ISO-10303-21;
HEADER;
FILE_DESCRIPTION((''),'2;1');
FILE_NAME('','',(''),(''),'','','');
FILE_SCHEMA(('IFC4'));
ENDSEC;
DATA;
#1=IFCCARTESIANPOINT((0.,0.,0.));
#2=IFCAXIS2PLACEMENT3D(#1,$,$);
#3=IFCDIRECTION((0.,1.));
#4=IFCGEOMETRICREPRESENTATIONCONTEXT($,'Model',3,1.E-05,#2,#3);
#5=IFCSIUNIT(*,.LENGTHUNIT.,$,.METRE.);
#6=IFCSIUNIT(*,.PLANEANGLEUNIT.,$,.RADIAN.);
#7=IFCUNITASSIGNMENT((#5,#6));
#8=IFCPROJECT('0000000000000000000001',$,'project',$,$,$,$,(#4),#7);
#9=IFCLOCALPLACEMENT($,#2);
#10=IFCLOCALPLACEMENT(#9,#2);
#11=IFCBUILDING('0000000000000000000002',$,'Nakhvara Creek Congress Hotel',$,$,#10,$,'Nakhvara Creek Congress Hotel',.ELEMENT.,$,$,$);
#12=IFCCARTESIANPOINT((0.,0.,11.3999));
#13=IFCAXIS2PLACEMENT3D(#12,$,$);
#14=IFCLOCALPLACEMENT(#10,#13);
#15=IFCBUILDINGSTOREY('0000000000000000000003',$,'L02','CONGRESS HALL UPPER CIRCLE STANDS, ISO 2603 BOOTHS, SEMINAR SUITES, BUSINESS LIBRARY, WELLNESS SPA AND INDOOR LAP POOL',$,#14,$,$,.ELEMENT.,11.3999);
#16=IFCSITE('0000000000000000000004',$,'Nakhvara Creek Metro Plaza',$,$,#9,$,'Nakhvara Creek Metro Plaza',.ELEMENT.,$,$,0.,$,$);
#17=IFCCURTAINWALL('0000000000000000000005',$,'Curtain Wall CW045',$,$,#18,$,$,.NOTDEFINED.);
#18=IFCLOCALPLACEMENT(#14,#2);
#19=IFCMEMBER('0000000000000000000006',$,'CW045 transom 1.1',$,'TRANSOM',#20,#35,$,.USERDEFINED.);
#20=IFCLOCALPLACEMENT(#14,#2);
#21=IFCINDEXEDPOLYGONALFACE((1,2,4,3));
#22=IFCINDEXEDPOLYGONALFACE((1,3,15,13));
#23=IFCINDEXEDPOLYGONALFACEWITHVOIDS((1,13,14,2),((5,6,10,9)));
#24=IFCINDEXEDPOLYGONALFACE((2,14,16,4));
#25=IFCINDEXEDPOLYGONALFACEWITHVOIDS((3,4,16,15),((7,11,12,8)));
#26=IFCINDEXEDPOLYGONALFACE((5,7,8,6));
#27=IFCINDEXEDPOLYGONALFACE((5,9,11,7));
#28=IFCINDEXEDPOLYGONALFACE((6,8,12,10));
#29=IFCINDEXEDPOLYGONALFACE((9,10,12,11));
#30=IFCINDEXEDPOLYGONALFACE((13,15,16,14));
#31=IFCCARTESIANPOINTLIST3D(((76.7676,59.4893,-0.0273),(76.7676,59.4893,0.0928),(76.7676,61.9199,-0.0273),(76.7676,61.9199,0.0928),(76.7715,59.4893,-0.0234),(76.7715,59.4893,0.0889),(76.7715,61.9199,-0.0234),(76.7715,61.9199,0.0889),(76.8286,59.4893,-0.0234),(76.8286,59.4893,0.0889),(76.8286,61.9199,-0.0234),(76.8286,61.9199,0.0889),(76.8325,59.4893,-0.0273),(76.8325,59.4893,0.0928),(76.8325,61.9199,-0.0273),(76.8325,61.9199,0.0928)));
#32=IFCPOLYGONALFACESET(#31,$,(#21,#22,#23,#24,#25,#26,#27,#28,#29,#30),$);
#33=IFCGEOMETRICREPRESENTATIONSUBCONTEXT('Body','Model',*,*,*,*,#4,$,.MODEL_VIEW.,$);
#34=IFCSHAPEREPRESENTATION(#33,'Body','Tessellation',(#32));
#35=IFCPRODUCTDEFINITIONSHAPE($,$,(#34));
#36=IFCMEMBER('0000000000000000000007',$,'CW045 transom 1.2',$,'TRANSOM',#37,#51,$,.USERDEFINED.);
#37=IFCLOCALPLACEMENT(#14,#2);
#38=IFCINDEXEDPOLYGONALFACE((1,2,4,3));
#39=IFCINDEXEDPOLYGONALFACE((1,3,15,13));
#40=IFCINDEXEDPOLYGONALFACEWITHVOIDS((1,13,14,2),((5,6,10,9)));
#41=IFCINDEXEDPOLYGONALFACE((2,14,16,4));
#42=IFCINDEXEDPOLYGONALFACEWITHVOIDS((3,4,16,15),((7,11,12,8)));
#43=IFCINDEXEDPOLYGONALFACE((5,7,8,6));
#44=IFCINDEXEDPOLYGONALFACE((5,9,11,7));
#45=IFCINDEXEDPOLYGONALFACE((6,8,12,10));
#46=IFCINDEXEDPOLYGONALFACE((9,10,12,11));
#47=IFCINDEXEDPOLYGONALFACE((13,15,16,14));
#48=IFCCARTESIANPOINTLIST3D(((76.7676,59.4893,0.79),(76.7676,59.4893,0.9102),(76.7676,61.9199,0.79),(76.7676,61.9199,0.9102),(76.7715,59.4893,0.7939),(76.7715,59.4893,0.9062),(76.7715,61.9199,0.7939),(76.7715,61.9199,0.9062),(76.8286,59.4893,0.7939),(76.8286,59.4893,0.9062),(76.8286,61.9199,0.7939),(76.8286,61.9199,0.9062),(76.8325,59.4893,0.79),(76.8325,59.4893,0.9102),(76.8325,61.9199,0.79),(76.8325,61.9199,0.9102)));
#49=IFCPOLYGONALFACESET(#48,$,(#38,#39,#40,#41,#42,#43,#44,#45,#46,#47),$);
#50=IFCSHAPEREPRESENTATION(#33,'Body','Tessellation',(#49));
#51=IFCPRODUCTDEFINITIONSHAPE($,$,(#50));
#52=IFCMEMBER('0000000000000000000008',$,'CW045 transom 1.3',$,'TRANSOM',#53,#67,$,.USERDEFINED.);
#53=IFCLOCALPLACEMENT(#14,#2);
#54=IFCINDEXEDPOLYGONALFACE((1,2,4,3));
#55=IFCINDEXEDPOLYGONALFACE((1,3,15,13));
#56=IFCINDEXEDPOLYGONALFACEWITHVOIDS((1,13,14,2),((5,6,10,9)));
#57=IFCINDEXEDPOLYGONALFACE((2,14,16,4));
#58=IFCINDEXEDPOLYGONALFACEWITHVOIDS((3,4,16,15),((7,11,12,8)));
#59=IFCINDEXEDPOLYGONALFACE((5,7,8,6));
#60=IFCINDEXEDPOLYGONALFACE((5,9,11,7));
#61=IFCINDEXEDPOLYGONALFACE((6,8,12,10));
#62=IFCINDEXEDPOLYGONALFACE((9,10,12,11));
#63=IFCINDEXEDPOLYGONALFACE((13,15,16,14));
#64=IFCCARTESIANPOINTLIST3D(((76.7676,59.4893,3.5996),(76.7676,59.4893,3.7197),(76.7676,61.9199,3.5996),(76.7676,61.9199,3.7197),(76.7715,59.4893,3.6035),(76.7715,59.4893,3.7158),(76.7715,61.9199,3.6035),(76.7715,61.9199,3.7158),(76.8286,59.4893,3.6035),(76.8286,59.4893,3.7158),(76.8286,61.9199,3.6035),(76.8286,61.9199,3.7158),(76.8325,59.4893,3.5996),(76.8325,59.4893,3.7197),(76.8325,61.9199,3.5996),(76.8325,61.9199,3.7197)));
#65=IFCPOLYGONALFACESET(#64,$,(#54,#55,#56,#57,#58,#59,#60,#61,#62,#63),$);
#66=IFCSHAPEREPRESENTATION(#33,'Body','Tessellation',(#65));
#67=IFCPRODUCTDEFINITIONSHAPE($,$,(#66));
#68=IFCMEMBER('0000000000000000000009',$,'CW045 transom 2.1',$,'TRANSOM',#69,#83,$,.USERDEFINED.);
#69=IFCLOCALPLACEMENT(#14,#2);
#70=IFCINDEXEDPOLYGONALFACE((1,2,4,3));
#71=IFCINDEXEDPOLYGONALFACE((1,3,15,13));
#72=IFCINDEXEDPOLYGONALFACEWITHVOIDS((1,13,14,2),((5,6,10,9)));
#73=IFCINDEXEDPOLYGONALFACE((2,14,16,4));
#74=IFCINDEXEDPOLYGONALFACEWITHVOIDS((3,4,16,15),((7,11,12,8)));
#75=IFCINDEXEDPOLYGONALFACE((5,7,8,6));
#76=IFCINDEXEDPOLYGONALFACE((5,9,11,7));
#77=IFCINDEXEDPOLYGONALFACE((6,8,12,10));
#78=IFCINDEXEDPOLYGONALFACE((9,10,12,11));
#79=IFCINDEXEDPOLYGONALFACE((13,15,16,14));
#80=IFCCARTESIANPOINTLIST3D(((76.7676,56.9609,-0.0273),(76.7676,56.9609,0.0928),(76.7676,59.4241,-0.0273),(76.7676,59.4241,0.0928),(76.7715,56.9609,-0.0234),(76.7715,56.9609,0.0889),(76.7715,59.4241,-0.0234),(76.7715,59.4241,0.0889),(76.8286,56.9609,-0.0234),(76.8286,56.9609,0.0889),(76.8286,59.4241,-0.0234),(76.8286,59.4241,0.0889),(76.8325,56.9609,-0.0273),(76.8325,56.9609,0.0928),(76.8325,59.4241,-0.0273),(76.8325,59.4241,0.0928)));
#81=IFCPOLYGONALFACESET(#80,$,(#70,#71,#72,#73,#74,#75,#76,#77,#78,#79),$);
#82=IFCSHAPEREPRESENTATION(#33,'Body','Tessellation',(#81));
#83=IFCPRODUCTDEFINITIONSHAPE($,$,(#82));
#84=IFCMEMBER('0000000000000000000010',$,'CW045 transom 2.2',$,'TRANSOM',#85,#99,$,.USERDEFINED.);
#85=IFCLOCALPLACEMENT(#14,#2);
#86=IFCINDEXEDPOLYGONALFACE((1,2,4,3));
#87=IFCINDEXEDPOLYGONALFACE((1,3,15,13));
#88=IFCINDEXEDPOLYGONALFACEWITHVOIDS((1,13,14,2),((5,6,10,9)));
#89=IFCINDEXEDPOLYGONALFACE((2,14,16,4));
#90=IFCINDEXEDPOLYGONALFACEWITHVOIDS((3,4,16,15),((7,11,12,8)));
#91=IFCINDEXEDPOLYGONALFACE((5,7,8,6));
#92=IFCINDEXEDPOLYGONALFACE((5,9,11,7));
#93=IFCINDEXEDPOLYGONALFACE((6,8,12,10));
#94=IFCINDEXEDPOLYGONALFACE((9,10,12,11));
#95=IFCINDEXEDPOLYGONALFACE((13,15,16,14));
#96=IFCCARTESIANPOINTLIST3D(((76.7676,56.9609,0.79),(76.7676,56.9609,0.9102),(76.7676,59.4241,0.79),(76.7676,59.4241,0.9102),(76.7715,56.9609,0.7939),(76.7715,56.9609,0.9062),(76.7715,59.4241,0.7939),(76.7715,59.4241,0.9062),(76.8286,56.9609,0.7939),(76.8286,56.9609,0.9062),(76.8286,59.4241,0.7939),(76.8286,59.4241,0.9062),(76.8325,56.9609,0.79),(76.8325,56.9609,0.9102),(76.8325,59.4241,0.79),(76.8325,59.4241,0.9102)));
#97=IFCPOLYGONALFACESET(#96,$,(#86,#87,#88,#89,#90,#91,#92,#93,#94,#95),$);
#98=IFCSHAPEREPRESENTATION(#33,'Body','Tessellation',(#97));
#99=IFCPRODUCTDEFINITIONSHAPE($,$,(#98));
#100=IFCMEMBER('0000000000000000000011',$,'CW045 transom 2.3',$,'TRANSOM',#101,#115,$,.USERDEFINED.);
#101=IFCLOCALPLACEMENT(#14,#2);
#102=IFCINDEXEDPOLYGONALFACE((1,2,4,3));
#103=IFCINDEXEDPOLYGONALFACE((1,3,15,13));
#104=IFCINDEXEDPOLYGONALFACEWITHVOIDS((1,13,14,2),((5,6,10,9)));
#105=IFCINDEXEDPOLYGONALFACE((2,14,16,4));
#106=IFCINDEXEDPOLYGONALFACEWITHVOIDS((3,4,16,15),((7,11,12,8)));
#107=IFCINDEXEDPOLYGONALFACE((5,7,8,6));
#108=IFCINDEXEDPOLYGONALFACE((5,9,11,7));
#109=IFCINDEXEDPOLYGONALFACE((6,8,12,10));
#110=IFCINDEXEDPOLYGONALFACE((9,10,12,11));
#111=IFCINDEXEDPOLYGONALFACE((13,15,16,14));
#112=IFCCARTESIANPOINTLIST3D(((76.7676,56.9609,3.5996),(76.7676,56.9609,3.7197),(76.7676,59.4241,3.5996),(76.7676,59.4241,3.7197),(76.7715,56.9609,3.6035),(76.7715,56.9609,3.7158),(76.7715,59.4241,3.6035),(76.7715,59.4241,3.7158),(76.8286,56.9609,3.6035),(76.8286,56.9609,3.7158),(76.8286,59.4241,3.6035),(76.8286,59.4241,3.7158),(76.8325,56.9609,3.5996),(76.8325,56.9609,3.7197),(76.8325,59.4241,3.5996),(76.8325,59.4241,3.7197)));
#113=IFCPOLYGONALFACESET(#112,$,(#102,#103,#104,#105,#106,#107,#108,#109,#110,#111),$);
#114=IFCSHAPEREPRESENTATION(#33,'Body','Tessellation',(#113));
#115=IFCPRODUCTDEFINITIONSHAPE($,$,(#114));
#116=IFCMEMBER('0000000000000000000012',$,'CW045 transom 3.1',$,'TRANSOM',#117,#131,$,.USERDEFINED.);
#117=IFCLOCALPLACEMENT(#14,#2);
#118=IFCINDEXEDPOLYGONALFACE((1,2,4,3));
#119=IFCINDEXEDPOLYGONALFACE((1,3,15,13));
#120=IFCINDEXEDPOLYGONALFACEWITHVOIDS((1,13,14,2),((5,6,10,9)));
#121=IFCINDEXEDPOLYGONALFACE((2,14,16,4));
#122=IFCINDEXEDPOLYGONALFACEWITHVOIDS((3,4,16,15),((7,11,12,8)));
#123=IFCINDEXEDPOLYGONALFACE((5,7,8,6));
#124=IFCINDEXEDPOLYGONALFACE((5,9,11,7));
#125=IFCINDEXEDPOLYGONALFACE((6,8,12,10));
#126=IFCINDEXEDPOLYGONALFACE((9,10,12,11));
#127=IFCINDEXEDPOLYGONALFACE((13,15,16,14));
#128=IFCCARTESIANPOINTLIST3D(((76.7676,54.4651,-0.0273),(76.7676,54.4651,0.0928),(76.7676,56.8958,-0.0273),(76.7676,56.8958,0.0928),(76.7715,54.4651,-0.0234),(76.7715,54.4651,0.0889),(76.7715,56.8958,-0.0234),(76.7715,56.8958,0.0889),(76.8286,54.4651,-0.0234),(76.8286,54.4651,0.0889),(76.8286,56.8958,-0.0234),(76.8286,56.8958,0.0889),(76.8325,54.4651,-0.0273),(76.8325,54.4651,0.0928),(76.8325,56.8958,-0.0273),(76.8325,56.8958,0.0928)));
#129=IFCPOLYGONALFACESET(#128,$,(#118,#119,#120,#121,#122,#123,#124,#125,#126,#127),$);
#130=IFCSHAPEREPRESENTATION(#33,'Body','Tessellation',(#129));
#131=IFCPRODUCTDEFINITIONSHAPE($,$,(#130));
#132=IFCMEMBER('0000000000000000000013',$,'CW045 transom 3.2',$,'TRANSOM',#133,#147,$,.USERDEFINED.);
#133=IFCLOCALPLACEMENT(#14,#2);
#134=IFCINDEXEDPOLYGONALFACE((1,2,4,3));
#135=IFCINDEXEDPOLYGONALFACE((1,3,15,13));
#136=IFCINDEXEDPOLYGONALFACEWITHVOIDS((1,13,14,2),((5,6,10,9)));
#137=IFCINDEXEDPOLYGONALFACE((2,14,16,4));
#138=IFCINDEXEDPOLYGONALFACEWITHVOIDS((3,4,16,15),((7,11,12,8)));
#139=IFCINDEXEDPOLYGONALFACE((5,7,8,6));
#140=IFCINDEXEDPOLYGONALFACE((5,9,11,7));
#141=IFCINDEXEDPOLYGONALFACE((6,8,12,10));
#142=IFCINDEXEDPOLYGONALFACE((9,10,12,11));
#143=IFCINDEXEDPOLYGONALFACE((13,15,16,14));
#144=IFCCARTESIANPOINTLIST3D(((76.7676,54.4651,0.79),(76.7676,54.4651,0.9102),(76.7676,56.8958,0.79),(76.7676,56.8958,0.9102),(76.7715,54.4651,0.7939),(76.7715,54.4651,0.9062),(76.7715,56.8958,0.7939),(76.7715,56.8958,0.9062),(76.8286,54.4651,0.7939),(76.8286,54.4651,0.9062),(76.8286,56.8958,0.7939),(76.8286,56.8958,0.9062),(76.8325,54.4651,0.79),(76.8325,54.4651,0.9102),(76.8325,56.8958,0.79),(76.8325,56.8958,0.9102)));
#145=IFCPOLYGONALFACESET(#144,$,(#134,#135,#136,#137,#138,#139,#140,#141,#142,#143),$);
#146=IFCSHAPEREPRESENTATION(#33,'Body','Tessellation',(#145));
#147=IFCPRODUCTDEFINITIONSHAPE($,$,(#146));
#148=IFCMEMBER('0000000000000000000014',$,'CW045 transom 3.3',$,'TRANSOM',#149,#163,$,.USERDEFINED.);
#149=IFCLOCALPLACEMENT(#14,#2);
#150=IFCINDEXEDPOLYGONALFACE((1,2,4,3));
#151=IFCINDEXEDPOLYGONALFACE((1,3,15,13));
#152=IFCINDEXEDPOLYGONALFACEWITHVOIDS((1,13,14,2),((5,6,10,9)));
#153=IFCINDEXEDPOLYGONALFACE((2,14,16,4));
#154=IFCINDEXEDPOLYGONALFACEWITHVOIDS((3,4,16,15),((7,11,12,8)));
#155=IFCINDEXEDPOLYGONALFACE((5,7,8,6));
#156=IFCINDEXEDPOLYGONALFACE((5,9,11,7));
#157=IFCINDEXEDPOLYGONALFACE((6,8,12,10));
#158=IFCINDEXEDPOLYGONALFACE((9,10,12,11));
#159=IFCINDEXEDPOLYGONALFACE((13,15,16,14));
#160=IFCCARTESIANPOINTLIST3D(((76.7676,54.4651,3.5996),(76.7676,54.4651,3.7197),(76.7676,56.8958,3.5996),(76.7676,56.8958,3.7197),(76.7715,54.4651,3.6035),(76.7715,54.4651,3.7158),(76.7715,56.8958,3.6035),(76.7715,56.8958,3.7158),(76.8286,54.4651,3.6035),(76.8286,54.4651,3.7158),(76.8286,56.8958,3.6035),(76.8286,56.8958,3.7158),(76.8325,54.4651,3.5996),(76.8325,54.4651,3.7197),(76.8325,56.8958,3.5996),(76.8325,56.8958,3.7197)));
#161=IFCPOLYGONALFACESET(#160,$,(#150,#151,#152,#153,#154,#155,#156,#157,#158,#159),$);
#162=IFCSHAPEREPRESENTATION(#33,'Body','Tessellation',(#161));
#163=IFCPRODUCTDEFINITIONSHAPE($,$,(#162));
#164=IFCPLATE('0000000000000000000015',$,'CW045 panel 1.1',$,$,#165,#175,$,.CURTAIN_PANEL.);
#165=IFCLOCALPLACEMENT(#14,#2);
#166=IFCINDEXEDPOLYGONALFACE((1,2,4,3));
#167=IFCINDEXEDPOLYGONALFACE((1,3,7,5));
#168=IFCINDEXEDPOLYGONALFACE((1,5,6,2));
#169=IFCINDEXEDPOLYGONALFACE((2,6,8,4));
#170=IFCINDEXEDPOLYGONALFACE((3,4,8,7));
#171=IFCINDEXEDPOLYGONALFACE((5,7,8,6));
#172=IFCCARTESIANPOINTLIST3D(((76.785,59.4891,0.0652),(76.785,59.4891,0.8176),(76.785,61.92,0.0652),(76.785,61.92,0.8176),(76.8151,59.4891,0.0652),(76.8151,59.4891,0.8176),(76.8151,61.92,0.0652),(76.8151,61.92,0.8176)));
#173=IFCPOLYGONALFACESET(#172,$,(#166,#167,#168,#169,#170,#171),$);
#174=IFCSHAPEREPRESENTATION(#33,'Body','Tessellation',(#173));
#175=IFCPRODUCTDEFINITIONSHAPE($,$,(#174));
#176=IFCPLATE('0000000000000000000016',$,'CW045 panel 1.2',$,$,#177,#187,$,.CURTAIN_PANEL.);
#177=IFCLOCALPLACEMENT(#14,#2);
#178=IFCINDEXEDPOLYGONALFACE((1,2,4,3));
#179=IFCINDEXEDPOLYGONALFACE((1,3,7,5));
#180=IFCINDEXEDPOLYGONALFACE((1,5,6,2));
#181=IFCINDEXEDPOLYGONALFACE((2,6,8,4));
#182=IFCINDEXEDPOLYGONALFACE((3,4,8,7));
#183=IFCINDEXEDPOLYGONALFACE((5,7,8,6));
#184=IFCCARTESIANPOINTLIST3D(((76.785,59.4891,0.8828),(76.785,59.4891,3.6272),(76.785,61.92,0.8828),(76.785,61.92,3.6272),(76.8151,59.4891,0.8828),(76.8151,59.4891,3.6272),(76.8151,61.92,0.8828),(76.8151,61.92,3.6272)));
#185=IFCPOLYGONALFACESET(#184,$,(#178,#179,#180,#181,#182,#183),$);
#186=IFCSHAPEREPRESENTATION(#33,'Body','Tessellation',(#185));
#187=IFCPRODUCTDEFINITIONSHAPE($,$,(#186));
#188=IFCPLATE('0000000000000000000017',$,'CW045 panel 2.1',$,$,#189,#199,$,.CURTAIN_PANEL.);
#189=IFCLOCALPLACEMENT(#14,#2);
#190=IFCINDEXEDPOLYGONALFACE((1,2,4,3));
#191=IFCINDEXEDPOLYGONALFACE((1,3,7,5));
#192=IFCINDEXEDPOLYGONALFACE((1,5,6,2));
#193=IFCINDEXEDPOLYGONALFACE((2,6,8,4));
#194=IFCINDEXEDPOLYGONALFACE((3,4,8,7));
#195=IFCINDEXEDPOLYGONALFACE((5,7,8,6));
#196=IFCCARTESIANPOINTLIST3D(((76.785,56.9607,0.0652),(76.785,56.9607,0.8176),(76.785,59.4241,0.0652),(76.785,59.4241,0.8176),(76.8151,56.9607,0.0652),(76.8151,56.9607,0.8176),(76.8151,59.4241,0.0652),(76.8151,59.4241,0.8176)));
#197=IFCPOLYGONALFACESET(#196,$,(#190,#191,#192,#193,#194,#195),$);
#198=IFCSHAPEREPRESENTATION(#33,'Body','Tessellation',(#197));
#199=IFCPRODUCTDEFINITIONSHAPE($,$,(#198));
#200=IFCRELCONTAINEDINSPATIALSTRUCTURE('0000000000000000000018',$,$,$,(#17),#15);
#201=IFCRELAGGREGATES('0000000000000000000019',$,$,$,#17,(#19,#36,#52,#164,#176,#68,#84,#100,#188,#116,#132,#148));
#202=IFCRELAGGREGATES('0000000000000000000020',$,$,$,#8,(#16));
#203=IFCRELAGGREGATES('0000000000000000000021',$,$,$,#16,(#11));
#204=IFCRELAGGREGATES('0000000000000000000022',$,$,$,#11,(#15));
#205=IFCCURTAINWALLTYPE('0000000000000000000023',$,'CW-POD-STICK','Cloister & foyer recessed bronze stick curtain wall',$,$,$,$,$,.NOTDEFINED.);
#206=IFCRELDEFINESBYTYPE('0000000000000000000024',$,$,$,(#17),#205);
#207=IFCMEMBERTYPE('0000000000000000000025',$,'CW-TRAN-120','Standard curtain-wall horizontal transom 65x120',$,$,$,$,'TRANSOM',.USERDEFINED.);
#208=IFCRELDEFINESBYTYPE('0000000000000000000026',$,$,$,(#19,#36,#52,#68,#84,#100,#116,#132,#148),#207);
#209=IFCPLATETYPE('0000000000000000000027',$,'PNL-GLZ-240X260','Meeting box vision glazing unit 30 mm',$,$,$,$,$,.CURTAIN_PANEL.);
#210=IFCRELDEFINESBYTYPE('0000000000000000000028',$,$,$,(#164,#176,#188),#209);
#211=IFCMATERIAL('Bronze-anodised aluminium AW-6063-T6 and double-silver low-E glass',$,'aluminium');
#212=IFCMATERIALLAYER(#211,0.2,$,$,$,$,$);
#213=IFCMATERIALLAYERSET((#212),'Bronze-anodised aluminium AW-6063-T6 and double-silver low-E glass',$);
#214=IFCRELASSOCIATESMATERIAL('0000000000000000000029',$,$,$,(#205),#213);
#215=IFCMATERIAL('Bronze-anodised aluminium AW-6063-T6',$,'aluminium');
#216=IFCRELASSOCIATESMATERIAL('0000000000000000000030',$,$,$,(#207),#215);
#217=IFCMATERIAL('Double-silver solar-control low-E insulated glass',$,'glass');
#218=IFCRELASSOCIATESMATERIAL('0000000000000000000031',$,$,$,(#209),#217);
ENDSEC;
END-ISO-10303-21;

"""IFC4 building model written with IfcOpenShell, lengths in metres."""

from ifc_helpers import new_model, si_unit, direction, frame, origin, origin_2d, place, context, subcontext, project, spatial, rectangle, hollow_rectangle, extrude, material, layer, layer_set, material_profile, profile_set, type_object, element, aggregate, save


model = new_model("IFC4")

# Units and contexts
model_context = context("Model", 3, precision=1e-05, world=origin(), true_north=direction((0.0, 1.0)))
body_context = subcontext(model_context, "Body", "Model", "MODEL_VIEW")
ifc_project = project(units=[si_unit("LENGTHUNIT", "METRE"), si_unit("PLANEANGLEUNIT", "RADIAN")], contexts=[model_context])

# Site, building, storey
site_placement = place(None, origin())
site = spatial("IfcSite", under=ifc_project, at=site_placement, Name="Nakhvara Creek Metro Plaza", LongName="Nakhvara Creek Metro Plaza", CompositionType="ELEMENT", RefElevation=0.0)
building_placement = place(site_placement, origin())
building = spatial("IfcBuilding", under=site, at=building_placement, Name="Nakhvara Creek Congress Hotel", LongName="Nakhvara Creek Congress Hotel", CompositionType="ELEMENT")
storey_placement = place(building_placement, frame((0.0, 0.0, 11.3999)))
storey = spatial("IfcBuildingStorey", under=building, at=storey_placement, Name="L02", Description="CONGRESS HALL UPPER CIRCLE STANDS, ISO 2603 BOOTHS, SEMINAR SUITES, BUSINESS LIBRARY, WELLNESS SPA AND INDOOR LAP POOL", CompositionType="ELEMENT", Elevation=11.3999)

# Shared definitions
ifc_material_1 = material(Name="Bronze-anodised aluminium AW-6063-T6 and double-silver low-E glass", Category="aluminium")
ifc_layer = layer(ifc_material_1, 0.2)
ifc_layer_set = layer_set([ifc_layer], Name="Bronze-anodised aluminium AW-6063-T6 and double-silver low-E glass")
curtain_wall_type = type_object("IfcCurtainWallType", Name="CW-POD-STICK", Description="Cloister & foyer recessed bronze stick curtain wall", PredefinedType="NOTDEFINED", material=ifc_layer_set)
ifc_material_2 = material(Name="Bronze-anodised aluminium AW-6063-T6", Category="aluminium")

# Curtain wall, members, plates
curtain_wall_1_placement = place(storey_placement, origin())
curtain_wall_1 = element("IfcCurtainWall", 1, at=curtain_wall_1_placement, inside=storey, type_object=curtain_wall_type, Name="Curtain Wall CW045", PredefinedType="NOTDEFINED")
ifc_material_profile_1 = material_profile(ifc_material_2, hollow_rectangle(XDim=0.0649, YDim=0.1201, WallThickness=0.0039, at=origin_2d()), Name="ALU-TRAN 65x120x4", Category="LoadBearing")
ifc_profile_set_1 = profile_set([ifc_material_profile_1], Name="Bronze-anodised aluminium AW-6063-T6")
member_type_1 = type_object("IfcMemberType", Name="CW-TRAN-120", Description="Standard curtain-wall horizontal transom 65x120", ElementType="TRANSOM", PredefinedType="USERDEFINED", material=ifc_profile_set_1)
member_1_placement = place(storey_placement, frame((76.8, 61.9199, 0.0327), z_axis=(0.0, -1.0, 0.0), x_axis=(1.0, 0.0, 0.0)))
member_1 = element("IfcMember", 2, at=member_1_placement, type_object=member_type_1, Name="CW045 transom 1.1", ObjectType="TRANSOM", PredefinedType="USERDEFINED", context=body_context, shape_type="SweptSolid", body=[
    extrude(hollow_rectangle(XDim=0.0649, YDim=0.1201, WallThickness=0.0039, at=origin_2d()), origin(), (0.0, 0.0, 1.0), 2.4307),
])
member_2_placement = place(storey_placement, frame((76.8, 61.9199, 0.8501), z_axis=(0.0, -1.0, 0.0), x_axis=(1.0, 0.0, 0.0)))
member_2 = element("IfcMember", 3, at=member_2_placement, type_object=member_type_1, Name="CW045 transom 1.2", ObjectType="TRANSOM", PredefinedType="USERDEFINED", context=body_context, shape_type="SweptSolid", body=[
    extrude(hollow_rectangle(XDim=0.0649, YDim=0.1201, WallThickness=0.0039, at=origin_2d()), origin(), (0.0, 0.0, 1.0), 2.4307),
])
member_3_placement = place(storey_placement, frame((76.8, 61.9199, 3.6597), z_axis=(0.0, -1.0, 0.0), x_axis=(1.0, 0.0, 0.0)))
member_3 = element("IfcMember", 4, at=member_3_placement, type_object=member_type_1, Name="CW045 transom 1.3", ObjectType="TRANSOM", PredefinedType="USERDEFINED", context=body_context, shape_type="SweptSolid", body=[
    extrude(hollow_rectangle(XDim=0.0649, YDim=0.1201, WallThickness=0.0039, at=origin_2d()), origin(), (0.0, 0.0, 1.0), 2.4307),
])
member_4_placement = place(storey_placement, frame((76.8, 59.4241, 0.0327), z_axis=(0.0, -1.0, 0.0), x_axis=(1.0, 0.0, 0.0)))
member_4 = element("IfcMember", 5, at=member_4_placement, type_object=member_type_1, Name="CW045 transom 2.1", ObjectType="TRANSOM", PredefinedType="USERDEFINED", context=body_context, shape_type="SweptSolid", body=[
    extrude(hollow_rectangle(XDim=0.0649, YDim=0.1201, WallThickness=0.0039, at=origin_2d()), origin(), (0.0, 0.0, 1.0), 2.4631),
])
member_5_placement = place(storey_placement, frame((76.8, 59.4241, 0.8501), z_axis=(0.0, -1.0, 0.0), x_axis=(1.0, 0.0, 0.0)))
member_5 = element("IfcMember", 6, at=member_5_placement, type_object=member_type_1, Name="CW045 transom 2.2", ObjectType="TRANSOM", PredefinedType="USERDEFINED", context=body_context, shape_type="SweptSolid", body=[
    extrude(hollow_rectangle(XDim=0.0649, YDim=0.1201, WallThickness=0.0039, at=origin_2d()), origin(), (0.0, 0.0, 1.0), 2.4631),
])
member_6_placement = place(storey_placement, frame((76.8, 59.4241, 3.6597), z_axis=(0.0, -1.0, 0.0), x_axis=(1.0, 0.0, 0.0)))
member_6 = element("IfcMember", 7, at=member_6_placement, type_object=member_type_1, Name="CW045 transom 2.3", ObjectType="TRANSOM", PredefinedType="USERDEFINED", context=body_context, shape_type="SweptSolid", body=[
    extrude(hollow_rectangle(XDim=0.0649, YDim=0.1201, WallThickness=0.0039, at=origin_2d()), origin(), (0.0, 0.0, 1.0), 2.4631),
])
member_7_placement = place(storey_placement, frame((76.8, 56.8958, 0.0327), z_axis=(0.0, -1.0, 0.0), x_axis=(1.0, 0.0, 0.0)))
member_7 = element("IfcMember", 8, at=member_7_placement, type_object=member_type_1, Name="CW045 transom 3.1", ObjectType="TRANSOM", PredefinedType="USERDEFINED", context=body_context, shape_type="SweptSolid", body=[
    extrude(hollow_rectangle(XDim=0.0649, YDim=0.1201, WallThickness=0.0039, at=origin_2d()), origin(), (0.0, 0.0, 1.0), 2.4307),
])
member_8_placement = place(storey_placement, frame((76.8, 56.8958, 0.8501), z_axis=(0.0, -1.0, 0.0), x_axis=(1.0, 0.0, 0.0)))
member_8 = element("IfcMember", 9, at=member_8_placement, type_object=member_type_1, Name="CW045 transom 3.2", ObjectType="TRANSOM", PredefinedType="USERDEFINED", context=body_context, shape_type="SweptSolid", body=[
    extrude(hollow_rectangle(XDim=0.0649, YDim=0.1201, WallThickness=0.0039, at=origin_2d()), origin(), (0.0, 0.0, 1.0), 2.4307),
])
member_9_placement = place(storey_placement, frame((76.8, 56.8958, 3.6597), z_axis=(0.0, -1.0, 0.0), x_axis=(1.0, 0.0, 0.0)))
member_9 = element("IfcMember", 10, at=member_9_placement, type_object=member_type_1, Name="CW045 transom 3.3", ObjectType="TRANSOM", PredefinedType="USERDEFINED", context=body_context, shape_type="SweptSolid", body=[
    extrude(hollow_rectangle(XDim=0.0649, YDim=0.1201, WallThickness=0.0039, at=origin_2d()), origin(), (0.0, 0.0, 1.0), 2.4307),
])
ifc_material_3 = material(Name="Double-silver solar-control low-E insulated glass", Category="glass")
plate_type = type_object("IfcPlateType", Name="PNL-GLZ-240X260", Description="Meeting box vision glazing unit 30 mm", PredefinedType="CURTAIN_PANEL", material=ifc_material_3)
plate_1_placement = place(storey_placement, frame((76.8, 60.7046, 0.0652), z_axis=(0.0, 0.0, 1.0), x_axis=(0.0, -1.0, 0.0)))
plate_1 = element("IfcPlate", 11, at=plate_1_placement, type_object=plate_type, Name="CW045 panel 1.1", PredefinedType="CURTAIN_PANEL", context=body_context, shape_type="SweptSolid", body=[
    extrude(rectangle(XDim=2.4309, YDim=0.03, at=origin_2d()), origin(), (0.0, 0.0, 1.0), 0.7524),
])
plate_2_placement = place(storey_placement, frame((76.8, 60.7046, 0.8828), z_axis=(0.0, 0.0, 1.0), x_axis=(0.0, -1.0, 0.0)))
plate_2 = element("IfcPlate", 12, at=plate_2_placement, type_object=plate_type, Name="CW045 panel 1.2", PredefinedType="CURTAIN_PANEL", context=body_context, shape_type="SweptSolid", body=[
    extrude(rectangle(XDim=2.4309, YDim=0.03, at=origin_2d()), origin(), (0.0, 0.0, 1.0), 2.7444),
])
plate_3_placement = place(storey_placement, frame((76.8, 58.1924, 0.0652), z_axis=(0.0, 0.0, 1.0), x_axis=(0.0, -1.0, 0.0)))
plate_3 = element("IfcPlate", 13, at=plate_3_placement, type_object=plate_type, Name="CW045 panel 2.1", PredefinedType="CURTAIN_PANEL", context=body_context, shape_type="SweptSolid", body=[
    extrude(rectangle(XDim=2.4634, YDim=0.03, at=origin_2d()), origin(), (0.0, 0.0, 1.0), 0.7524),
])
aggregate(curtain_wall_1, [member_1, member_2, member_3, plate_1, plate_2, member_4, member_5, member_6, plate_3, member_7, member_8, member_9])

save(model, "model.ifc")
